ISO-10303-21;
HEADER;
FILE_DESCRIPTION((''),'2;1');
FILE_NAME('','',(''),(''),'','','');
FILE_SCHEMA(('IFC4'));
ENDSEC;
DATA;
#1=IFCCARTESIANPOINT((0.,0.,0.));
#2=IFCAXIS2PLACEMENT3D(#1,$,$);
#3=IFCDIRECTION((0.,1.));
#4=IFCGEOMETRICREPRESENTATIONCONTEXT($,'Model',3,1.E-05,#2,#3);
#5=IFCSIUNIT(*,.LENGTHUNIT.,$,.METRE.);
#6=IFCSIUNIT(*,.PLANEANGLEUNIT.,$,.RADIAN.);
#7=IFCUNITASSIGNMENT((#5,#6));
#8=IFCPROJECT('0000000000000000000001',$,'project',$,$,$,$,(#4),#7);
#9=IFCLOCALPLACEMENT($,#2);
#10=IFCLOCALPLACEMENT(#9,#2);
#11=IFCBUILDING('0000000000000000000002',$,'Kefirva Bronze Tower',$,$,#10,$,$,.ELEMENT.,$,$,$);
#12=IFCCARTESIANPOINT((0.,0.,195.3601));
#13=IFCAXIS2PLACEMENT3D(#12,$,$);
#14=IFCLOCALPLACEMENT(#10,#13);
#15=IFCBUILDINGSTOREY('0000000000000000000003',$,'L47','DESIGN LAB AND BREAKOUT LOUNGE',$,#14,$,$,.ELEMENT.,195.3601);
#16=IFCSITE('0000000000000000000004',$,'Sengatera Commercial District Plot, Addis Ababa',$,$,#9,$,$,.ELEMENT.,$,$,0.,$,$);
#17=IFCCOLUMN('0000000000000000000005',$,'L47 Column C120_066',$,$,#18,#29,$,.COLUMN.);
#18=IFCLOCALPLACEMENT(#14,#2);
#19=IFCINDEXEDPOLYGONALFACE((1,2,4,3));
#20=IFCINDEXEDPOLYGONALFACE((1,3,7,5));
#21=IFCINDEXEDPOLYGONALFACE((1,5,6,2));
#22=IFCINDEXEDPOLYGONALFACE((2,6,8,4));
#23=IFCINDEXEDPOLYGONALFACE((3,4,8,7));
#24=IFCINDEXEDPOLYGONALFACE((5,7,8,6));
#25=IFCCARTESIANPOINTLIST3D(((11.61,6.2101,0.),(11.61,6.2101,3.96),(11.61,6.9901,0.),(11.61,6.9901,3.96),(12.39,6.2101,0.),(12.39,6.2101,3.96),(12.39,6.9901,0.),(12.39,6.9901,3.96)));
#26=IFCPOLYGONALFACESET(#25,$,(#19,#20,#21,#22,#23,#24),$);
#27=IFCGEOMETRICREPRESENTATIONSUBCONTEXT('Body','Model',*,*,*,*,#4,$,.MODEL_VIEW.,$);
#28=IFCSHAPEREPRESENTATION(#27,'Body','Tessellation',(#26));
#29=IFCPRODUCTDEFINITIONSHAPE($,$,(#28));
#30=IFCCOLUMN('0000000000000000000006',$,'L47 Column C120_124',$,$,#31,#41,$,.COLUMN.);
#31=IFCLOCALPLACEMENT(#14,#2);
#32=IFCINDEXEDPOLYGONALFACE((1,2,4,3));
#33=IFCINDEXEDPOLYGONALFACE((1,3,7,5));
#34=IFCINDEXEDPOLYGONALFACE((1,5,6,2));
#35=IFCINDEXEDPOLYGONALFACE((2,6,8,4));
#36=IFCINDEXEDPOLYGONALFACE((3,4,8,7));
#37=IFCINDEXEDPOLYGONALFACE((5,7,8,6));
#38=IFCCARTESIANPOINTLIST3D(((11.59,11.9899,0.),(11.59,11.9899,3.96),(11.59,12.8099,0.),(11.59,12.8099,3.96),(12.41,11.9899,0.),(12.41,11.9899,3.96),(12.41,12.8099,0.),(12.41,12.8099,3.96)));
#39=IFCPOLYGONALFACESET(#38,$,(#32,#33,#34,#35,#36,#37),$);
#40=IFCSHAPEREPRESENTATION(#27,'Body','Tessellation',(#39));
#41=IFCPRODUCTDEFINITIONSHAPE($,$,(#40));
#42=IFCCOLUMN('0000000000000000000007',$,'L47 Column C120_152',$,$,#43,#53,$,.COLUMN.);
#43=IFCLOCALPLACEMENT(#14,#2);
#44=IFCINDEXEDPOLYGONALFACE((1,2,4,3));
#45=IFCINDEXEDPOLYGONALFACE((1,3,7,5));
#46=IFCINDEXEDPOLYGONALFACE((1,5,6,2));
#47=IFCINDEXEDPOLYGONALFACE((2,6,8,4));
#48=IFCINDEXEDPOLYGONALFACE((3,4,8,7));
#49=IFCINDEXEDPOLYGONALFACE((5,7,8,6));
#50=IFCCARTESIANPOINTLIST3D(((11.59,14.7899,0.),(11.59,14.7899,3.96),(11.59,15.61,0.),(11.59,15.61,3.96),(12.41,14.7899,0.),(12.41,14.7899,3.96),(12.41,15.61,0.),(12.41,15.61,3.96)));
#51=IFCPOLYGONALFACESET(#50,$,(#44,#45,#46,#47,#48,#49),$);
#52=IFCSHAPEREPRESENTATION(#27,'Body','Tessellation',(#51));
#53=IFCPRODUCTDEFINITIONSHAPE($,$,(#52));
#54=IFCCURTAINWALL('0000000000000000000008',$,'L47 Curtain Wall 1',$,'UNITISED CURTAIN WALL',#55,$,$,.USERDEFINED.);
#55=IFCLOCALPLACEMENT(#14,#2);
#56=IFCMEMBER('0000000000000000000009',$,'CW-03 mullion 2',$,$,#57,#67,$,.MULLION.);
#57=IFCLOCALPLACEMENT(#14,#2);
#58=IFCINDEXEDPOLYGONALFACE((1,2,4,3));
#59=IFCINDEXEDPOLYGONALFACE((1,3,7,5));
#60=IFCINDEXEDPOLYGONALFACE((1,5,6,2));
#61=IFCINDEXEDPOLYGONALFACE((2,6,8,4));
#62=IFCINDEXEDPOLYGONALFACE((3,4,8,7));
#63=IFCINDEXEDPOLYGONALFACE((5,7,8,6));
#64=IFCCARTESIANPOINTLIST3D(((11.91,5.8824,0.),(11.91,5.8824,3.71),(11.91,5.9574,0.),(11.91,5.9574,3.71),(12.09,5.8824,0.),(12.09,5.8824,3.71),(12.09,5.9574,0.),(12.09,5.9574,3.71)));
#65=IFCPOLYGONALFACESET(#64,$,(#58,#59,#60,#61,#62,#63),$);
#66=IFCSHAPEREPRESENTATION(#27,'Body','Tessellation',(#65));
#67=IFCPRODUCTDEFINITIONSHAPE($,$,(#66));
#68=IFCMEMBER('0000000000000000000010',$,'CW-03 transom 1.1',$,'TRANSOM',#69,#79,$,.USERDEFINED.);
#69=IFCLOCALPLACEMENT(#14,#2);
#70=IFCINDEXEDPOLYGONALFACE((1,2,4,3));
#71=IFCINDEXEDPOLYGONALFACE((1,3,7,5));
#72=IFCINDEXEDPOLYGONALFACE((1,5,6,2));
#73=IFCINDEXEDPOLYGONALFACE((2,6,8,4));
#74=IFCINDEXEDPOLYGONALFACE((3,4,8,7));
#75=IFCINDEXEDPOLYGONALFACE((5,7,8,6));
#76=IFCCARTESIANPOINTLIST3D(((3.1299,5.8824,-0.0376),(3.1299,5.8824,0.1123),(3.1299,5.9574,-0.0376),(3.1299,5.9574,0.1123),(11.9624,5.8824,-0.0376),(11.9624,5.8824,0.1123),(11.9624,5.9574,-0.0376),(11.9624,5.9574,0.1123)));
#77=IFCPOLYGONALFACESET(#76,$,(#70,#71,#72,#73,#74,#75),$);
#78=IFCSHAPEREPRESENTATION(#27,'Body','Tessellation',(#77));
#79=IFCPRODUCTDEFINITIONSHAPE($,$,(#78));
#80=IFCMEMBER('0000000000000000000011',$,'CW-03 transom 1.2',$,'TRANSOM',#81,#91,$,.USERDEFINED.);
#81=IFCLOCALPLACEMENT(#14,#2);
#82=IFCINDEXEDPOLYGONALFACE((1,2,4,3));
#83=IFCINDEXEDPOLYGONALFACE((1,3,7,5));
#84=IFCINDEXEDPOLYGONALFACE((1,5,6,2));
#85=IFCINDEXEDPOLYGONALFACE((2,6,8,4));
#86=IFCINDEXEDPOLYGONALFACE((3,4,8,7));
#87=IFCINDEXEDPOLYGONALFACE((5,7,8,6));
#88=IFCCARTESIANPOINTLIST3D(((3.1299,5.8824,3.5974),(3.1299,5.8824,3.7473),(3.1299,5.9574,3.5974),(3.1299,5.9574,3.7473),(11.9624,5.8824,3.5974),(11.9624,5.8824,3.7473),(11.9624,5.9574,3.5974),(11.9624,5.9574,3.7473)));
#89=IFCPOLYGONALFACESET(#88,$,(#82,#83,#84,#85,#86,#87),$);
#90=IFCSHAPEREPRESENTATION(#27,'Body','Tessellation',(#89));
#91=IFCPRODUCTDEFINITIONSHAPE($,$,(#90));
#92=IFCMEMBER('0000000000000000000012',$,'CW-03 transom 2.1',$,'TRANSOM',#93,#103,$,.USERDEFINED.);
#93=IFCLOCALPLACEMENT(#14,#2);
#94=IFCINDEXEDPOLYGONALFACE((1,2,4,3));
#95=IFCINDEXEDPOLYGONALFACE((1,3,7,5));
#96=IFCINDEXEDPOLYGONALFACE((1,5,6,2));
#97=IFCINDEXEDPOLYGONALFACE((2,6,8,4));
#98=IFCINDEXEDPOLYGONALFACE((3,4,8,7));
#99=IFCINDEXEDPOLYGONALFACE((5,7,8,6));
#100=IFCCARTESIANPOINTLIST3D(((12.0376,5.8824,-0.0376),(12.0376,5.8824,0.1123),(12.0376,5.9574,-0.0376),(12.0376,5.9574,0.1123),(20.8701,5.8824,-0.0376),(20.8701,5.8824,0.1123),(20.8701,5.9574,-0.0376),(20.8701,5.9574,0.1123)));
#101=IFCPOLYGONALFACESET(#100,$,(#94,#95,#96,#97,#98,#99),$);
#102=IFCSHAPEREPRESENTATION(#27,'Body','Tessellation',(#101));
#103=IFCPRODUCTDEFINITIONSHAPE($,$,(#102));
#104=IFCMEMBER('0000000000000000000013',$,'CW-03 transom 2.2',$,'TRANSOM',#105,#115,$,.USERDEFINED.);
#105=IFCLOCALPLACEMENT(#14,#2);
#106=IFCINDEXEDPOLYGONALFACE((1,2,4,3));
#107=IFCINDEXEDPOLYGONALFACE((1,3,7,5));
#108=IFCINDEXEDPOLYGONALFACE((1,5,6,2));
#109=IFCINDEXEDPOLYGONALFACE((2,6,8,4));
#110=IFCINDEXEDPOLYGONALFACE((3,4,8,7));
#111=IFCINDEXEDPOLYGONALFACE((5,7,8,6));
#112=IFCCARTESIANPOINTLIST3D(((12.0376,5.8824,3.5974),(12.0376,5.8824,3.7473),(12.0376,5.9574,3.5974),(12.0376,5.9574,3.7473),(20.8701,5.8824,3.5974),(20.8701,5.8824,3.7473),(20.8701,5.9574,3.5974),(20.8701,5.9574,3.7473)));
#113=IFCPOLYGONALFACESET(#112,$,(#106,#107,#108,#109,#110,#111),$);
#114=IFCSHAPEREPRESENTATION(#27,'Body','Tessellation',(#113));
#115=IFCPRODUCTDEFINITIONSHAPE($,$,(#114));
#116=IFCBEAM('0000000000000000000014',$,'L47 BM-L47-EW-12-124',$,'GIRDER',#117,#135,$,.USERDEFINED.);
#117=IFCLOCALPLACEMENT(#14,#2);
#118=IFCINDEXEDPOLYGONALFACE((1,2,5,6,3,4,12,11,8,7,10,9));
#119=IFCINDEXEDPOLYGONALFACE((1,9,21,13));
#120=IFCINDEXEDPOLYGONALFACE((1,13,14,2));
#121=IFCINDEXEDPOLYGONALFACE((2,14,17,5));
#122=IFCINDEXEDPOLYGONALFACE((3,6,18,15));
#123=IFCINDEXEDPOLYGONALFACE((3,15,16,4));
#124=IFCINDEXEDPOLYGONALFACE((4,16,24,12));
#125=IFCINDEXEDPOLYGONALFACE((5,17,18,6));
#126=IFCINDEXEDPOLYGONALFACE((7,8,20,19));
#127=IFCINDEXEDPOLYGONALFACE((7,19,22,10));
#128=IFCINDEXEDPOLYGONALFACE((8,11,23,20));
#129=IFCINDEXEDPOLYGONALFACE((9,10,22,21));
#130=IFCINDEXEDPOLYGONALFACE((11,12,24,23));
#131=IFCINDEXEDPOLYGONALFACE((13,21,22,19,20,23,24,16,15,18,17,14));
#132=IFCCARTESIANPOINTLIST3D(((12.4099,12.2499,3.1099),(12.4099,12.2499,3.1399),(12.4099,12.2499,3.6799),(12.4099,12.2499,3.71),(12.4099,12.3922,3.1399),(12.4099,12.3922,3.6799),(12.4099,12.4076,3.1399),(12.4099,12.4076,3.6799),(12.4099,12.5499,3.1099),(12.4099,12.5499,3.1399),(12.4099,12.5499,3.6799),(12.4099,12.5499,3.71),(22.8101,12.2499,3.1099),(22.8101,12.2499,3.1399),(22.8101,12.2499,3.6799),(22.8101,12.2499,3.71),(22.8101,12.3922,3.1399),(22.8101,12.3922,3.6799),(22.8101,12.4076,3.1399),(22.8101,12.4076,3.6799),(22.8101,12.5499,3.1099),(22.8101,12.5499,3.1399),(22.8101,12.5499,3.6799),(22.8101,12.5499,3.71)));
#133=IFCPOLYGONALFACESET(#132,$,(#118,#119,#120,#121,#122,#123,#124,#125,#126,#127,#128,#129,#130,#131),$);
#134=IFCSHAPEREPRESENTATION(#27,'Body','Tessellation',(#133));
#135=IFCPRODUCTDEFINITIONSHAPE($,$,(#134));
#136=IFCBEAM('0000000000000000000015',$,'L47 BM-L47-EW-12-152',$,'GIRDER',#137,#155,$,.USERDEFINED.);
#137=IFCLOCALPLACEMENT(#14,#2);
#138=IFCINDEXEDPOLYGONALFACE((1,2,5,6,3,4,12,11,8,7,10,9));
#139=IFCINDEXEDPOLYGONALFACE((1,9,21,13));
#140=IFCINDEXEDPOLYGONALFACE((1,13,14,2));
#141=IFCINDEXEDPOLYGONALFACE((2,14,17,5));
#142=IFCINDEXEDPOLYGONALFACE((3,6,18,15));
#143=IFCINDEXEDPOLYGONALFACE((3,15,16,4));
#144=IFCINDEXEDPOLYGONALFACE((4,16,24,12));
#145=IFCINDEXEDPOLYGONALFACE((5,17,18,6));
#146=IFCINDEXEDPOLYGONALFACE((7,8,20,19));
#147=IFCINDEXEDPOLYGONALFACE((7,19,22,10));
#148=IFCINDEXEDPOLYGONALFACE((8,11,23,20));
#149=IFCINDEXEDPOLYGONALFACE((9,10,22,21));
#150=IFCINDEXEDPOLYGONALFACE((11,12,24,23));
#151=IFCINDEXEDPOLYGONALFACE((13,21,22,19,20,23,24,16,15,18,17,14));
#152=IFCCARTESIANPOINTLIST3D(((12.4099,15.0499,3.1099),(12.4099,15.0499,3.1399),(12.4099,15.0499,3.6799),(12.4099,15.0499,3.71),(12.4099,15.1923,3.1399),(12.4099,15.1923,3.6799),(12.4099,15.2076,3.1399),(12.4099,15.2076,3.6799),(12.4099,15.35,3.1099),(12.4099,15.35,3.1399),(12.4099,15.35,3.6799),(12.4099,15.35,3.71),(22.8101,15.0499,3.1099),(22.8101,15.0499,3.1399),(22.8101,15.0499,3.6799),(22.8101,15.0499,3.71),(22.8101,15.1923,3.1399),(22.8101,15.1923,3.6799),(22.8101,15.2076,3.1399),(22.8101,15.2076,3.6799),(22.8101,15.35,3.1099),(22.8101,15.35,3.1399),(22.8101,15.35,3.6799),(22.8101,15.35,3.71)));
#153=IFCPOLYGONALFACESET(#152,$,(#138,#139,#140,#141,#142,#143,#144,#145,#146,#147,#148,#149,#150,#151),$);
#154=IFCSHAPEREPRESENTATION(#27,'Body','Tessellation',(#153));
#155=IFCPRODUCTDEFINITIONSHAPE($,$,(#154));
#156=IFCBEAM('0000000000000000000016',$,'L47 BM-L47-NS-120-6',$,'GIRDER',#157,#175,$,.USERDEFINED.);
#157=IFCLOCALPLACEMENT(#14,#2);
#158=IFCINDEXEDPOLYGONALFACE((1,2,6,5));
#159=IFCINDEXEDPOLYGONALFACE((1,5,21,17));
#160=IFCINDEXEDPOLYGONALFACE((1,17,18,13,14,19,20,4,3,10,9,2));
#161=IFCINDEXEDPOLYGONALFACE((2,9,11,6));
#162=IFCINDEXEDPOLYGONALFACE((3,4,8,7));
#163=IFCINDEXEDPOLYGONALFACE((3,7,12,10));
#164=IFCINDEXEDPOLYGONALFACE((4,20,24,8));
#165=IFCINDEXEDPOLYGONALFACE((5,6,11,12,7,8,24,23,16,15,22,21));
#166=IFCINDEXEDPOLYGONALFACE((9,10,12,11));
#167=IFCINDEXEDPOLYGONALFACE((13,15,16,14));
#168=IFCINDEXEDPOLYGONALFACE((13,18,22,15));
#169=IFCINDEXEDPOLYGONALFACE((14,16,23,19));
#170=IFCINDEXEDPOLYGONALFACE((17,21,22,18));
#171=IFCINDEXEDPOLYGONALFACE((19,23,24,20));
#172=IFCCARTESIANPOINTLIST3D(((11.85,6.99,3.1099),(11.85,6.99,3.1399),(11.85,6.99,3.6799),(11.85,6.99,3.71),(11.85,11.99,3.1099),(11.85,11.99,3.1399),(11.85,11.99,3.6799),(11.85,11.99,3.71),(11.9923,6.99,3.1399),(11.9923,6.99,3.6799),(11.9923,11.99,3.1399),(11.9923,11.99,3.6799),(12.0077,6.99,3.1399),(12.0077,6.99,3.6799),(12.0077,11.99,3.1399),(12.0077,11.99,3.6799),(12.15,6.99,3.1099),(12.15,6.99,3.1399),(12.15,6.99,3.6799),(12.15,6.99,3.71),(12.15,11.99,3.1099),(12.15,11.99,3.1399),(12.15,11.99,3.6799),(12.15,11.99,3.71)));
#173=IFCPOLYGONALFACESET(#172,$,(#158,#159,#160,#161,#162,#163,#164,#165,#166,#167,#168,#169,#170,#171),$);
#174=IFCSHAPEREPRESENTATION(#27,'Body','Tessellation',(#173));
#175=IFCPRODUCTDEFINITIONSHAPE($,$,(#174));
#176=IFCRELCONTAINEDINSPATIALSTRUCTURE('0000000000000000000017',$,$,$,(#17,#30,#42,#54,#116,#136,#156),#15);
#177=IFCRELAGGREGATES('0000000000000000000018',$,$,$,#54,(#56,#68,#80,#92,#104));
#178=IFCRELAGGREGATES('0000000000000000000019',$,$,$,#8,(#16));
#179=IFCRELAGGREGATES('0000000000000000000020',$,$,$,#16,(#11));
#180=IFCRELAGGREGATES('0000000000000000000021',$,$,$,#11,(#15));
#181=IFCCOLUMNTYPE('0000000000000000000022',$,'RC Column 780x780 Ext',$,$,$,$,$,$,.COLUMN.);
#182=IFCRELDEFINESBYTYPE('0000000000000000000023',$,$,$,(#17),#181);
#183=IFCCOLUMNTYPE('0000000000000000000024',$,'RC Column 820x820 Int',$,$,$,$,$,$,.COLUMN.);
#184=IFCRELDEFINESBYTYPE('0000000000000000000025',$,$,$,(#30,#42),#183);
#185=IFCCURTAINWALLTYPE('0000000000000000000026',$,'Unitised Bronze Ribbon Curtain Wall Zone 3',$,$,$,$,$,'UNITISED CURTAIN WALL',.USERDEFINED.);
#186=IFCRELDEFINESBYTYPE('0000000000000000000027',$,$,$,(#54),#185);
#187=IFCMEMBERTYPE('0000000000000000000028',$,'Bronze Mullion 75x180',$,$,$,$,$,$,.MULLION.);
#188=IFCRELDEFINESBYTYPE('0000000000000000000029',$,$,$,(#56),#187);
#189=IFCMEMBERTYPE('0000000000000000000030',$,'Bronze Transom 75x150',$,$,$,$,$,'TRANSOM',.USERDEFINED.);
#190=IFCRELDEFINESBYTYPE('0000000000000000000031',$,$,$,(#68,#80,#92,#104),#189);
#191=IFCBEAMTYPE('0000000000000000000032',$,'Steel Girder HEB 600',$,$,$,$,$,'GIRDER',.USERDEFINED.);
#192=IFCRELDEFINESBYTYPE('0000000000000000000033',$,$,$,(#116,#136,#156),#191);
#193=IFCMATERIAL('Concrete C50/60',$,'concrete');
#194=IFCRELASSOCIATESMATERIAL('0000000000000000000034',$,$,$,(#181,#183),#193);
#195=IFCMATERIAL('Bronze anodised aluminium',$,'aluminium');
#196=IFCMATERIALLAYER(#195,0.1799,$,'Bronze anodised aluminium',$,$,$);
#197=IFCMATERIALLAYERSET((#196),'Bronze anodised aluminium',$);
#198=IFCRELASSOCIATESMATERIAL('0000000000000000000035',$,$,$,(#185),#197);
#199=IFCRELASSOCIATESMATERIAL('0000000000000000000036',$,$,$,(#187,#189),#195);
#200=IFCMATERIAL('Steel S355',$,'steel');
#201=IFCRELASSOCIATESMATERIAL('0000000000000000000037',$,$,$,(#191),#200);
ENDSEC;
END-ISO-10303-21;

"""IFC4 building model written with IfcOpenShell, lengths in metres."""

from ifc_helpers import new_model, si_unit, direction, frame, origin, origin_2d, place, context, subcontext, project, spatial, rectangle, i_section, extrude, material, layer, layer_set, material_profile, profile_set, type_object, element, aggregate, save


model = new_model("IFC4")

# Units and contexts
model_context = context("Model", 3, precision=1e-05, world=origin(), true_north=direction((0.0, 1.0)))
body_context = subcontext(model_context, "Body", "Model", "MODEL_VIEW")
ifc_project = project(units=[si_unit("LENGTHUNIT", "METRE"), si_unit("PLANEANGLEUNIT", "RADIAN")], contexts=[model_context])

# Site, building, storey
site_placement = place(None, origin())
site = spatial("IfcSite", under=ifc_project, at=site_placement, Name="Sengatera Commercial District Plot, Addis Ababa", CompositionType="ELEMENT", RefElevation=0.0)
building_placement = place(site_placement, origin())
building = spatial("IfcBuilding", under=site, at=building_placement, Name="Kefirva Bronze Tower", CompositionType="ELEMENT")
storey_placement = place(building_placement, frame((0.0, 0.0, 195.3601)))
storey = spatial("IfcBuildingStorey", under=building, at=storey_placement, Name="L47", Description="DESIGN LAB AND BREAKOUT LOUNGE", CompositionType="ELEMENT", Elevation=195.3601)

# Columns
ifc_material_1 = material(Name="Concrete C50/60", Category="concrete")
ifc_material_profile_1 = material_profile(ifc_material_1, rectangle(XDim=0.78, YDim=0.78, at=origin_2d()), Name="RC 780x780")
ifc_profile_set_1 = profile_set([ifc_material_profile_1], Name="Concrete C50/60")
column_type_1 = type_object("IfcColumnType", Name="RC Column 780x780 Ext", PredefinedType="COLUMN", material=ifc_profile_set_1)
column_placement = place(storey_placement, frame((12.0, 6.6001, 0.0), z_axis=(0.0, 0.0, 1.0), x_axis=(1.0, 0.0, 0.0)))
element("IfcColumn", 1, at=column_placement, inside=storey, type_object=column_type_1, Name="L47 Column C120_066", PredefinedType="COLUMN", context=body_context, shape_type="SweptSolid", body=[
    extrude(rectangle(XDim=0.78, YDim=0.78, at=origin_2d()), origin(), (0.0, 0.0, 1.0), 3.96),
])
ifc_material_profile_2 = material_profile(ifc_material_1, rectangle(XDim=0.8201, YDim=0.8201, at=origin_2d()), Name="RC 820x820")
ifc_profile_set_2 = profile_set([ifc_material_profile_2], Name="Concrete C50/60")
column_type_2 = type_object("IfcColumnType", Name="RC Column 820x820 Int", PredefinedType="COLUMN", material=ifc_profile_set_2)
for number, where, z_axis, x_axis, name in (
    (2, (12.0, 12.3999, 0.0), (0.0, 0.0, 1.0), (1.0, 0.0, 0.0), "L47 Column C120_124"),
    (3, (12.0, 15.2, 0.0), (0.0, 0.0, 1.0), (1.0, 0.0, 0.0), "L47 Column C120_152"),
):
    element("IfcColumn", number, at=place(storey_placement, frame(where, z_axis=z_axis, x_axis=x_axis)), inside=storey, type_object=column_type_2, Name=name, PredefinedType="COLUMN", context=body_context, shape_type="SweptSolid", body=[
        extrude(rectangle(XDim=0.8201, YDim=0.8201, at=origin_2d()), origin(), (0.0, 0.0, 1.0), 3.96),
    ])

# Curtain wall, members
ifc_material_2 = material(Name="Bronze anodised aluminium", Category="aluminium")
ifc_layer_1 = layer(ifc_material_2, 0.1799, Name="Bronze anodised aluminium")
ifc_layer_set_1 = layer_set([ifc_layer_1], Name="Bronze anodised aluminium")
curtain_wall_type = type_object("IfcCurtainWallType", Name="Unitised Bronze Ribbon Curtain Wall Zone 3", ElementType="UNITISED CURTAIN WALL", PredefinedType="USERDEFINED", material=ifc_layer_set_1)
curtain_wall_placement = place(storey_placement, origin())
curtain_wall = element("IfcCurtainWall", 4, at=curtain_wall_placement, inside=storey, type_object=curtain_wall_type, Name="L47 Curtain Wall 1", ObjectType="UNITISED CURTAIN WALL", PredefinedType="USERDEFINED")
ifc_material_profile_3 = material_profile(ifc_material_2, rectangle(XDim=0.075, YDim=0.1799, at=origin_2d()), Name="ALU 75x180")
ifc_profile_set_3 = profile_set([ifc_material_profile_3], Name="Bronze anodised aluminium")
member_type_1 = type_object("IfcMemberType", Name="Bronze Mullion 75x180", PredefinedType="MULLION", material=ifc_profile_set_3)
member_1_placement = place(storey_placement, frame((12.0, 5.9199, 0.0), z_axis=(0.0, 0.0, 1.0), x_axis=(0.0, 1.0, 0.0)))
member_1 = element("IfcMember", 5, at=member_1_placement, type_object=member_type_1, Name="CW-03 mullion 2", PredefinedType="MULLION", context=body_context, shape_type="SweptSolid", body=[
    extrude(rectangle(XDim=0.075, YDim=0.1799, at=origin_2d()), origin(), (0.0, 0.0, 1.0), 3.71),
])
ifc_material_profile_4 = material_profile(ifc_material_2, rectangle(XDim=0.075, YDim=0.1499, at=origin_2d()), Name="ALU 75x150")
ifc_profile_set_4 = profile_set([ifc_material_profile_4], Name="Bronze anodised aluminium")
member_type_2 = type_object("IfcMemberType", Name="Bronze Transom 75x150", ElementType="TRANSOM", PredefinedType="USERDEFINED", material=ifc_profile_set_4)
member_2_placement = place(storey_placement, frame((3.1299, 5.9199, 0.0374), z_axis=(1.0, 0.0, 0.0), x_axis=(0.0, 1.0, 0.0)))
member_2 = element("IfcMember", 6, at=member_2_placement, type_object=member_type_2, Name="CW-03 transom 1.1", ObjectType="TRANSOM", PredefinedType="USERDEFINED", context=body_context, shape_type="SweptSolid", body=[
    extrude(rectangle(XDim=0.075, YDim=0.1499, at=origin_2d()), origin(), (0.0, 0.0, 1.0), 8.8325),
])
member_3_placement = place(storey_placement, frame((3.1299, 5.9199, 3.6724), z_axis=(1.0, 0.0, 0.0), x_axis=(0.0, 1.0, 0.0)))
member_3 = element("IfcMember", 7, at=member_3_placement, type_object=member_type_2, Name="CW-03 transom 1.2", ObjectType="TRANSOM", PredefinedType="USERDEFINED", context=body_context, shape_type="SweptSolid", body=[
    extrude(rectangle(XDim=0.075, YDim=0.1499, at=origin_2d()), origin(), (0.0, 0.0, 1.0), 8.8325),
])
member_4_placement = place(storey_placement, frame((12.0376, 5.9199, 0.0374), z_axis=(1.0, 0.0, 0.0), x_axis=(0.0, 1.0, 0.0)))
member_4 = element("IfcMember", 8, at=member_4_placement, type_object=member_type_2, Name="CW-03 transom 2.1", ObjectType="TRANSOM", PredefinedType="USERDEFINED", context=body_context, shape_type="SweptSolid", body=[
    extrude(rectangle(XDim=0.075, YDim=0.1499, at=origin_2d()), origin(), (0.0, 0.0, 1.0), 8.8325),
])
member_5_placement = place(storey_placement, frame((12.0376, 5.9199, 3.6724), z_axis=(1.0, 0.0, 0.0), x_axis=(0.0, 1.0, 0.0)))
member_5 = element("IfcMember", 9, at=member_5_placement, type_object=member_type_2, Name="CW-03 transom 2.2", ObjectType="TRANSOM", PredefinedType="USERDEFINED", context=body_context, shape_type="SweptSolid", body=[
    extrude(rectangle(XDim=0.075, YDim=0.1499, at=origin_2d()), origin(), (0.0, 0.0, 1.0), 8.8325),
])

# Beams
ifc_material_3 = material(Name="Steel S355", Category="steel")
ifc_material_profile_5 = material_profile(ifc_material_3, i_section(OverallWidth=0.3, OverallDepth=0.6001, WebThickness=0.0154, FlangeThickness=0.03, at=origin_2d()), Name="HEB 600")
ifc_profile_set_5 = profile_set([ifc_material_profile_5], Name="Steel S355")
beam_type_1 = type_object("IfcBeamType", Name="Steel Girder HEB 600", ElementType="GIRDER", PredefinedType="USERDEFINED", material=ifc_profile_set_5)
for number, where, z_axis, x_axis, name in (
    (10, (12.4099, 12.3999, 3.4099), (1.0, 0.0, 0.0), (0.0, 1.0, 0.0), "L47 BM-L47-EW-12-124"),
    (11, (12.4099, 15.2, 3.4099), (1.0, 0.0, 0.0), (0.0, 1.0, 0.0), "L47 BM-L47-EW-12-152"),
):
    element("IfcBeam", number, at=place(storey_placement, frame(where, z_axis=z_axis, x_axis=x_axis)), inside=storey, type_object=beam_type_1, Name=name, ObjectType="GIRDER", PredefinedType="USERDEFINED", context=body_context, shape_type="SweptSolid", body=[
        extrude(i_section(OverallWidth=0.3, OverallDepth=0.6001, WebThickness=0.0154, FlangeThickness=0.03, at=origin_2d()), origin(), (0.0, 0.0, 1.0), 10.4001),
    ])
beam_1_placement = place(storey_placement, frame((12.0, 6.99, 3.4099), z_axis=(0.0, 1.0, 0.0), x_axis=(-1.0, 0.0, 0.0)))
element("IfcBeam", 12, at=beam_1_placement, inside=storey, type_object=beam_type_1, Name="L47 BM-L47-NS-120-6", ObjectType="GIRDER", PredefinedType="USERDEFINED", context=body_context, shape_type="SweptSolid", body=[
    extrude(i_section(OverallWidth=0.3, OverallDepth=0.6001, WebThickness=0.0154, FlangeThickness=0.03, at=origin_2d()), origin(), (0.0, 0.0, 1.0), 5.0),
])

aggregate(curtain_wall, [member_1, member_2, member_3, member_4, member_5])

save(model, "model.ifc")
